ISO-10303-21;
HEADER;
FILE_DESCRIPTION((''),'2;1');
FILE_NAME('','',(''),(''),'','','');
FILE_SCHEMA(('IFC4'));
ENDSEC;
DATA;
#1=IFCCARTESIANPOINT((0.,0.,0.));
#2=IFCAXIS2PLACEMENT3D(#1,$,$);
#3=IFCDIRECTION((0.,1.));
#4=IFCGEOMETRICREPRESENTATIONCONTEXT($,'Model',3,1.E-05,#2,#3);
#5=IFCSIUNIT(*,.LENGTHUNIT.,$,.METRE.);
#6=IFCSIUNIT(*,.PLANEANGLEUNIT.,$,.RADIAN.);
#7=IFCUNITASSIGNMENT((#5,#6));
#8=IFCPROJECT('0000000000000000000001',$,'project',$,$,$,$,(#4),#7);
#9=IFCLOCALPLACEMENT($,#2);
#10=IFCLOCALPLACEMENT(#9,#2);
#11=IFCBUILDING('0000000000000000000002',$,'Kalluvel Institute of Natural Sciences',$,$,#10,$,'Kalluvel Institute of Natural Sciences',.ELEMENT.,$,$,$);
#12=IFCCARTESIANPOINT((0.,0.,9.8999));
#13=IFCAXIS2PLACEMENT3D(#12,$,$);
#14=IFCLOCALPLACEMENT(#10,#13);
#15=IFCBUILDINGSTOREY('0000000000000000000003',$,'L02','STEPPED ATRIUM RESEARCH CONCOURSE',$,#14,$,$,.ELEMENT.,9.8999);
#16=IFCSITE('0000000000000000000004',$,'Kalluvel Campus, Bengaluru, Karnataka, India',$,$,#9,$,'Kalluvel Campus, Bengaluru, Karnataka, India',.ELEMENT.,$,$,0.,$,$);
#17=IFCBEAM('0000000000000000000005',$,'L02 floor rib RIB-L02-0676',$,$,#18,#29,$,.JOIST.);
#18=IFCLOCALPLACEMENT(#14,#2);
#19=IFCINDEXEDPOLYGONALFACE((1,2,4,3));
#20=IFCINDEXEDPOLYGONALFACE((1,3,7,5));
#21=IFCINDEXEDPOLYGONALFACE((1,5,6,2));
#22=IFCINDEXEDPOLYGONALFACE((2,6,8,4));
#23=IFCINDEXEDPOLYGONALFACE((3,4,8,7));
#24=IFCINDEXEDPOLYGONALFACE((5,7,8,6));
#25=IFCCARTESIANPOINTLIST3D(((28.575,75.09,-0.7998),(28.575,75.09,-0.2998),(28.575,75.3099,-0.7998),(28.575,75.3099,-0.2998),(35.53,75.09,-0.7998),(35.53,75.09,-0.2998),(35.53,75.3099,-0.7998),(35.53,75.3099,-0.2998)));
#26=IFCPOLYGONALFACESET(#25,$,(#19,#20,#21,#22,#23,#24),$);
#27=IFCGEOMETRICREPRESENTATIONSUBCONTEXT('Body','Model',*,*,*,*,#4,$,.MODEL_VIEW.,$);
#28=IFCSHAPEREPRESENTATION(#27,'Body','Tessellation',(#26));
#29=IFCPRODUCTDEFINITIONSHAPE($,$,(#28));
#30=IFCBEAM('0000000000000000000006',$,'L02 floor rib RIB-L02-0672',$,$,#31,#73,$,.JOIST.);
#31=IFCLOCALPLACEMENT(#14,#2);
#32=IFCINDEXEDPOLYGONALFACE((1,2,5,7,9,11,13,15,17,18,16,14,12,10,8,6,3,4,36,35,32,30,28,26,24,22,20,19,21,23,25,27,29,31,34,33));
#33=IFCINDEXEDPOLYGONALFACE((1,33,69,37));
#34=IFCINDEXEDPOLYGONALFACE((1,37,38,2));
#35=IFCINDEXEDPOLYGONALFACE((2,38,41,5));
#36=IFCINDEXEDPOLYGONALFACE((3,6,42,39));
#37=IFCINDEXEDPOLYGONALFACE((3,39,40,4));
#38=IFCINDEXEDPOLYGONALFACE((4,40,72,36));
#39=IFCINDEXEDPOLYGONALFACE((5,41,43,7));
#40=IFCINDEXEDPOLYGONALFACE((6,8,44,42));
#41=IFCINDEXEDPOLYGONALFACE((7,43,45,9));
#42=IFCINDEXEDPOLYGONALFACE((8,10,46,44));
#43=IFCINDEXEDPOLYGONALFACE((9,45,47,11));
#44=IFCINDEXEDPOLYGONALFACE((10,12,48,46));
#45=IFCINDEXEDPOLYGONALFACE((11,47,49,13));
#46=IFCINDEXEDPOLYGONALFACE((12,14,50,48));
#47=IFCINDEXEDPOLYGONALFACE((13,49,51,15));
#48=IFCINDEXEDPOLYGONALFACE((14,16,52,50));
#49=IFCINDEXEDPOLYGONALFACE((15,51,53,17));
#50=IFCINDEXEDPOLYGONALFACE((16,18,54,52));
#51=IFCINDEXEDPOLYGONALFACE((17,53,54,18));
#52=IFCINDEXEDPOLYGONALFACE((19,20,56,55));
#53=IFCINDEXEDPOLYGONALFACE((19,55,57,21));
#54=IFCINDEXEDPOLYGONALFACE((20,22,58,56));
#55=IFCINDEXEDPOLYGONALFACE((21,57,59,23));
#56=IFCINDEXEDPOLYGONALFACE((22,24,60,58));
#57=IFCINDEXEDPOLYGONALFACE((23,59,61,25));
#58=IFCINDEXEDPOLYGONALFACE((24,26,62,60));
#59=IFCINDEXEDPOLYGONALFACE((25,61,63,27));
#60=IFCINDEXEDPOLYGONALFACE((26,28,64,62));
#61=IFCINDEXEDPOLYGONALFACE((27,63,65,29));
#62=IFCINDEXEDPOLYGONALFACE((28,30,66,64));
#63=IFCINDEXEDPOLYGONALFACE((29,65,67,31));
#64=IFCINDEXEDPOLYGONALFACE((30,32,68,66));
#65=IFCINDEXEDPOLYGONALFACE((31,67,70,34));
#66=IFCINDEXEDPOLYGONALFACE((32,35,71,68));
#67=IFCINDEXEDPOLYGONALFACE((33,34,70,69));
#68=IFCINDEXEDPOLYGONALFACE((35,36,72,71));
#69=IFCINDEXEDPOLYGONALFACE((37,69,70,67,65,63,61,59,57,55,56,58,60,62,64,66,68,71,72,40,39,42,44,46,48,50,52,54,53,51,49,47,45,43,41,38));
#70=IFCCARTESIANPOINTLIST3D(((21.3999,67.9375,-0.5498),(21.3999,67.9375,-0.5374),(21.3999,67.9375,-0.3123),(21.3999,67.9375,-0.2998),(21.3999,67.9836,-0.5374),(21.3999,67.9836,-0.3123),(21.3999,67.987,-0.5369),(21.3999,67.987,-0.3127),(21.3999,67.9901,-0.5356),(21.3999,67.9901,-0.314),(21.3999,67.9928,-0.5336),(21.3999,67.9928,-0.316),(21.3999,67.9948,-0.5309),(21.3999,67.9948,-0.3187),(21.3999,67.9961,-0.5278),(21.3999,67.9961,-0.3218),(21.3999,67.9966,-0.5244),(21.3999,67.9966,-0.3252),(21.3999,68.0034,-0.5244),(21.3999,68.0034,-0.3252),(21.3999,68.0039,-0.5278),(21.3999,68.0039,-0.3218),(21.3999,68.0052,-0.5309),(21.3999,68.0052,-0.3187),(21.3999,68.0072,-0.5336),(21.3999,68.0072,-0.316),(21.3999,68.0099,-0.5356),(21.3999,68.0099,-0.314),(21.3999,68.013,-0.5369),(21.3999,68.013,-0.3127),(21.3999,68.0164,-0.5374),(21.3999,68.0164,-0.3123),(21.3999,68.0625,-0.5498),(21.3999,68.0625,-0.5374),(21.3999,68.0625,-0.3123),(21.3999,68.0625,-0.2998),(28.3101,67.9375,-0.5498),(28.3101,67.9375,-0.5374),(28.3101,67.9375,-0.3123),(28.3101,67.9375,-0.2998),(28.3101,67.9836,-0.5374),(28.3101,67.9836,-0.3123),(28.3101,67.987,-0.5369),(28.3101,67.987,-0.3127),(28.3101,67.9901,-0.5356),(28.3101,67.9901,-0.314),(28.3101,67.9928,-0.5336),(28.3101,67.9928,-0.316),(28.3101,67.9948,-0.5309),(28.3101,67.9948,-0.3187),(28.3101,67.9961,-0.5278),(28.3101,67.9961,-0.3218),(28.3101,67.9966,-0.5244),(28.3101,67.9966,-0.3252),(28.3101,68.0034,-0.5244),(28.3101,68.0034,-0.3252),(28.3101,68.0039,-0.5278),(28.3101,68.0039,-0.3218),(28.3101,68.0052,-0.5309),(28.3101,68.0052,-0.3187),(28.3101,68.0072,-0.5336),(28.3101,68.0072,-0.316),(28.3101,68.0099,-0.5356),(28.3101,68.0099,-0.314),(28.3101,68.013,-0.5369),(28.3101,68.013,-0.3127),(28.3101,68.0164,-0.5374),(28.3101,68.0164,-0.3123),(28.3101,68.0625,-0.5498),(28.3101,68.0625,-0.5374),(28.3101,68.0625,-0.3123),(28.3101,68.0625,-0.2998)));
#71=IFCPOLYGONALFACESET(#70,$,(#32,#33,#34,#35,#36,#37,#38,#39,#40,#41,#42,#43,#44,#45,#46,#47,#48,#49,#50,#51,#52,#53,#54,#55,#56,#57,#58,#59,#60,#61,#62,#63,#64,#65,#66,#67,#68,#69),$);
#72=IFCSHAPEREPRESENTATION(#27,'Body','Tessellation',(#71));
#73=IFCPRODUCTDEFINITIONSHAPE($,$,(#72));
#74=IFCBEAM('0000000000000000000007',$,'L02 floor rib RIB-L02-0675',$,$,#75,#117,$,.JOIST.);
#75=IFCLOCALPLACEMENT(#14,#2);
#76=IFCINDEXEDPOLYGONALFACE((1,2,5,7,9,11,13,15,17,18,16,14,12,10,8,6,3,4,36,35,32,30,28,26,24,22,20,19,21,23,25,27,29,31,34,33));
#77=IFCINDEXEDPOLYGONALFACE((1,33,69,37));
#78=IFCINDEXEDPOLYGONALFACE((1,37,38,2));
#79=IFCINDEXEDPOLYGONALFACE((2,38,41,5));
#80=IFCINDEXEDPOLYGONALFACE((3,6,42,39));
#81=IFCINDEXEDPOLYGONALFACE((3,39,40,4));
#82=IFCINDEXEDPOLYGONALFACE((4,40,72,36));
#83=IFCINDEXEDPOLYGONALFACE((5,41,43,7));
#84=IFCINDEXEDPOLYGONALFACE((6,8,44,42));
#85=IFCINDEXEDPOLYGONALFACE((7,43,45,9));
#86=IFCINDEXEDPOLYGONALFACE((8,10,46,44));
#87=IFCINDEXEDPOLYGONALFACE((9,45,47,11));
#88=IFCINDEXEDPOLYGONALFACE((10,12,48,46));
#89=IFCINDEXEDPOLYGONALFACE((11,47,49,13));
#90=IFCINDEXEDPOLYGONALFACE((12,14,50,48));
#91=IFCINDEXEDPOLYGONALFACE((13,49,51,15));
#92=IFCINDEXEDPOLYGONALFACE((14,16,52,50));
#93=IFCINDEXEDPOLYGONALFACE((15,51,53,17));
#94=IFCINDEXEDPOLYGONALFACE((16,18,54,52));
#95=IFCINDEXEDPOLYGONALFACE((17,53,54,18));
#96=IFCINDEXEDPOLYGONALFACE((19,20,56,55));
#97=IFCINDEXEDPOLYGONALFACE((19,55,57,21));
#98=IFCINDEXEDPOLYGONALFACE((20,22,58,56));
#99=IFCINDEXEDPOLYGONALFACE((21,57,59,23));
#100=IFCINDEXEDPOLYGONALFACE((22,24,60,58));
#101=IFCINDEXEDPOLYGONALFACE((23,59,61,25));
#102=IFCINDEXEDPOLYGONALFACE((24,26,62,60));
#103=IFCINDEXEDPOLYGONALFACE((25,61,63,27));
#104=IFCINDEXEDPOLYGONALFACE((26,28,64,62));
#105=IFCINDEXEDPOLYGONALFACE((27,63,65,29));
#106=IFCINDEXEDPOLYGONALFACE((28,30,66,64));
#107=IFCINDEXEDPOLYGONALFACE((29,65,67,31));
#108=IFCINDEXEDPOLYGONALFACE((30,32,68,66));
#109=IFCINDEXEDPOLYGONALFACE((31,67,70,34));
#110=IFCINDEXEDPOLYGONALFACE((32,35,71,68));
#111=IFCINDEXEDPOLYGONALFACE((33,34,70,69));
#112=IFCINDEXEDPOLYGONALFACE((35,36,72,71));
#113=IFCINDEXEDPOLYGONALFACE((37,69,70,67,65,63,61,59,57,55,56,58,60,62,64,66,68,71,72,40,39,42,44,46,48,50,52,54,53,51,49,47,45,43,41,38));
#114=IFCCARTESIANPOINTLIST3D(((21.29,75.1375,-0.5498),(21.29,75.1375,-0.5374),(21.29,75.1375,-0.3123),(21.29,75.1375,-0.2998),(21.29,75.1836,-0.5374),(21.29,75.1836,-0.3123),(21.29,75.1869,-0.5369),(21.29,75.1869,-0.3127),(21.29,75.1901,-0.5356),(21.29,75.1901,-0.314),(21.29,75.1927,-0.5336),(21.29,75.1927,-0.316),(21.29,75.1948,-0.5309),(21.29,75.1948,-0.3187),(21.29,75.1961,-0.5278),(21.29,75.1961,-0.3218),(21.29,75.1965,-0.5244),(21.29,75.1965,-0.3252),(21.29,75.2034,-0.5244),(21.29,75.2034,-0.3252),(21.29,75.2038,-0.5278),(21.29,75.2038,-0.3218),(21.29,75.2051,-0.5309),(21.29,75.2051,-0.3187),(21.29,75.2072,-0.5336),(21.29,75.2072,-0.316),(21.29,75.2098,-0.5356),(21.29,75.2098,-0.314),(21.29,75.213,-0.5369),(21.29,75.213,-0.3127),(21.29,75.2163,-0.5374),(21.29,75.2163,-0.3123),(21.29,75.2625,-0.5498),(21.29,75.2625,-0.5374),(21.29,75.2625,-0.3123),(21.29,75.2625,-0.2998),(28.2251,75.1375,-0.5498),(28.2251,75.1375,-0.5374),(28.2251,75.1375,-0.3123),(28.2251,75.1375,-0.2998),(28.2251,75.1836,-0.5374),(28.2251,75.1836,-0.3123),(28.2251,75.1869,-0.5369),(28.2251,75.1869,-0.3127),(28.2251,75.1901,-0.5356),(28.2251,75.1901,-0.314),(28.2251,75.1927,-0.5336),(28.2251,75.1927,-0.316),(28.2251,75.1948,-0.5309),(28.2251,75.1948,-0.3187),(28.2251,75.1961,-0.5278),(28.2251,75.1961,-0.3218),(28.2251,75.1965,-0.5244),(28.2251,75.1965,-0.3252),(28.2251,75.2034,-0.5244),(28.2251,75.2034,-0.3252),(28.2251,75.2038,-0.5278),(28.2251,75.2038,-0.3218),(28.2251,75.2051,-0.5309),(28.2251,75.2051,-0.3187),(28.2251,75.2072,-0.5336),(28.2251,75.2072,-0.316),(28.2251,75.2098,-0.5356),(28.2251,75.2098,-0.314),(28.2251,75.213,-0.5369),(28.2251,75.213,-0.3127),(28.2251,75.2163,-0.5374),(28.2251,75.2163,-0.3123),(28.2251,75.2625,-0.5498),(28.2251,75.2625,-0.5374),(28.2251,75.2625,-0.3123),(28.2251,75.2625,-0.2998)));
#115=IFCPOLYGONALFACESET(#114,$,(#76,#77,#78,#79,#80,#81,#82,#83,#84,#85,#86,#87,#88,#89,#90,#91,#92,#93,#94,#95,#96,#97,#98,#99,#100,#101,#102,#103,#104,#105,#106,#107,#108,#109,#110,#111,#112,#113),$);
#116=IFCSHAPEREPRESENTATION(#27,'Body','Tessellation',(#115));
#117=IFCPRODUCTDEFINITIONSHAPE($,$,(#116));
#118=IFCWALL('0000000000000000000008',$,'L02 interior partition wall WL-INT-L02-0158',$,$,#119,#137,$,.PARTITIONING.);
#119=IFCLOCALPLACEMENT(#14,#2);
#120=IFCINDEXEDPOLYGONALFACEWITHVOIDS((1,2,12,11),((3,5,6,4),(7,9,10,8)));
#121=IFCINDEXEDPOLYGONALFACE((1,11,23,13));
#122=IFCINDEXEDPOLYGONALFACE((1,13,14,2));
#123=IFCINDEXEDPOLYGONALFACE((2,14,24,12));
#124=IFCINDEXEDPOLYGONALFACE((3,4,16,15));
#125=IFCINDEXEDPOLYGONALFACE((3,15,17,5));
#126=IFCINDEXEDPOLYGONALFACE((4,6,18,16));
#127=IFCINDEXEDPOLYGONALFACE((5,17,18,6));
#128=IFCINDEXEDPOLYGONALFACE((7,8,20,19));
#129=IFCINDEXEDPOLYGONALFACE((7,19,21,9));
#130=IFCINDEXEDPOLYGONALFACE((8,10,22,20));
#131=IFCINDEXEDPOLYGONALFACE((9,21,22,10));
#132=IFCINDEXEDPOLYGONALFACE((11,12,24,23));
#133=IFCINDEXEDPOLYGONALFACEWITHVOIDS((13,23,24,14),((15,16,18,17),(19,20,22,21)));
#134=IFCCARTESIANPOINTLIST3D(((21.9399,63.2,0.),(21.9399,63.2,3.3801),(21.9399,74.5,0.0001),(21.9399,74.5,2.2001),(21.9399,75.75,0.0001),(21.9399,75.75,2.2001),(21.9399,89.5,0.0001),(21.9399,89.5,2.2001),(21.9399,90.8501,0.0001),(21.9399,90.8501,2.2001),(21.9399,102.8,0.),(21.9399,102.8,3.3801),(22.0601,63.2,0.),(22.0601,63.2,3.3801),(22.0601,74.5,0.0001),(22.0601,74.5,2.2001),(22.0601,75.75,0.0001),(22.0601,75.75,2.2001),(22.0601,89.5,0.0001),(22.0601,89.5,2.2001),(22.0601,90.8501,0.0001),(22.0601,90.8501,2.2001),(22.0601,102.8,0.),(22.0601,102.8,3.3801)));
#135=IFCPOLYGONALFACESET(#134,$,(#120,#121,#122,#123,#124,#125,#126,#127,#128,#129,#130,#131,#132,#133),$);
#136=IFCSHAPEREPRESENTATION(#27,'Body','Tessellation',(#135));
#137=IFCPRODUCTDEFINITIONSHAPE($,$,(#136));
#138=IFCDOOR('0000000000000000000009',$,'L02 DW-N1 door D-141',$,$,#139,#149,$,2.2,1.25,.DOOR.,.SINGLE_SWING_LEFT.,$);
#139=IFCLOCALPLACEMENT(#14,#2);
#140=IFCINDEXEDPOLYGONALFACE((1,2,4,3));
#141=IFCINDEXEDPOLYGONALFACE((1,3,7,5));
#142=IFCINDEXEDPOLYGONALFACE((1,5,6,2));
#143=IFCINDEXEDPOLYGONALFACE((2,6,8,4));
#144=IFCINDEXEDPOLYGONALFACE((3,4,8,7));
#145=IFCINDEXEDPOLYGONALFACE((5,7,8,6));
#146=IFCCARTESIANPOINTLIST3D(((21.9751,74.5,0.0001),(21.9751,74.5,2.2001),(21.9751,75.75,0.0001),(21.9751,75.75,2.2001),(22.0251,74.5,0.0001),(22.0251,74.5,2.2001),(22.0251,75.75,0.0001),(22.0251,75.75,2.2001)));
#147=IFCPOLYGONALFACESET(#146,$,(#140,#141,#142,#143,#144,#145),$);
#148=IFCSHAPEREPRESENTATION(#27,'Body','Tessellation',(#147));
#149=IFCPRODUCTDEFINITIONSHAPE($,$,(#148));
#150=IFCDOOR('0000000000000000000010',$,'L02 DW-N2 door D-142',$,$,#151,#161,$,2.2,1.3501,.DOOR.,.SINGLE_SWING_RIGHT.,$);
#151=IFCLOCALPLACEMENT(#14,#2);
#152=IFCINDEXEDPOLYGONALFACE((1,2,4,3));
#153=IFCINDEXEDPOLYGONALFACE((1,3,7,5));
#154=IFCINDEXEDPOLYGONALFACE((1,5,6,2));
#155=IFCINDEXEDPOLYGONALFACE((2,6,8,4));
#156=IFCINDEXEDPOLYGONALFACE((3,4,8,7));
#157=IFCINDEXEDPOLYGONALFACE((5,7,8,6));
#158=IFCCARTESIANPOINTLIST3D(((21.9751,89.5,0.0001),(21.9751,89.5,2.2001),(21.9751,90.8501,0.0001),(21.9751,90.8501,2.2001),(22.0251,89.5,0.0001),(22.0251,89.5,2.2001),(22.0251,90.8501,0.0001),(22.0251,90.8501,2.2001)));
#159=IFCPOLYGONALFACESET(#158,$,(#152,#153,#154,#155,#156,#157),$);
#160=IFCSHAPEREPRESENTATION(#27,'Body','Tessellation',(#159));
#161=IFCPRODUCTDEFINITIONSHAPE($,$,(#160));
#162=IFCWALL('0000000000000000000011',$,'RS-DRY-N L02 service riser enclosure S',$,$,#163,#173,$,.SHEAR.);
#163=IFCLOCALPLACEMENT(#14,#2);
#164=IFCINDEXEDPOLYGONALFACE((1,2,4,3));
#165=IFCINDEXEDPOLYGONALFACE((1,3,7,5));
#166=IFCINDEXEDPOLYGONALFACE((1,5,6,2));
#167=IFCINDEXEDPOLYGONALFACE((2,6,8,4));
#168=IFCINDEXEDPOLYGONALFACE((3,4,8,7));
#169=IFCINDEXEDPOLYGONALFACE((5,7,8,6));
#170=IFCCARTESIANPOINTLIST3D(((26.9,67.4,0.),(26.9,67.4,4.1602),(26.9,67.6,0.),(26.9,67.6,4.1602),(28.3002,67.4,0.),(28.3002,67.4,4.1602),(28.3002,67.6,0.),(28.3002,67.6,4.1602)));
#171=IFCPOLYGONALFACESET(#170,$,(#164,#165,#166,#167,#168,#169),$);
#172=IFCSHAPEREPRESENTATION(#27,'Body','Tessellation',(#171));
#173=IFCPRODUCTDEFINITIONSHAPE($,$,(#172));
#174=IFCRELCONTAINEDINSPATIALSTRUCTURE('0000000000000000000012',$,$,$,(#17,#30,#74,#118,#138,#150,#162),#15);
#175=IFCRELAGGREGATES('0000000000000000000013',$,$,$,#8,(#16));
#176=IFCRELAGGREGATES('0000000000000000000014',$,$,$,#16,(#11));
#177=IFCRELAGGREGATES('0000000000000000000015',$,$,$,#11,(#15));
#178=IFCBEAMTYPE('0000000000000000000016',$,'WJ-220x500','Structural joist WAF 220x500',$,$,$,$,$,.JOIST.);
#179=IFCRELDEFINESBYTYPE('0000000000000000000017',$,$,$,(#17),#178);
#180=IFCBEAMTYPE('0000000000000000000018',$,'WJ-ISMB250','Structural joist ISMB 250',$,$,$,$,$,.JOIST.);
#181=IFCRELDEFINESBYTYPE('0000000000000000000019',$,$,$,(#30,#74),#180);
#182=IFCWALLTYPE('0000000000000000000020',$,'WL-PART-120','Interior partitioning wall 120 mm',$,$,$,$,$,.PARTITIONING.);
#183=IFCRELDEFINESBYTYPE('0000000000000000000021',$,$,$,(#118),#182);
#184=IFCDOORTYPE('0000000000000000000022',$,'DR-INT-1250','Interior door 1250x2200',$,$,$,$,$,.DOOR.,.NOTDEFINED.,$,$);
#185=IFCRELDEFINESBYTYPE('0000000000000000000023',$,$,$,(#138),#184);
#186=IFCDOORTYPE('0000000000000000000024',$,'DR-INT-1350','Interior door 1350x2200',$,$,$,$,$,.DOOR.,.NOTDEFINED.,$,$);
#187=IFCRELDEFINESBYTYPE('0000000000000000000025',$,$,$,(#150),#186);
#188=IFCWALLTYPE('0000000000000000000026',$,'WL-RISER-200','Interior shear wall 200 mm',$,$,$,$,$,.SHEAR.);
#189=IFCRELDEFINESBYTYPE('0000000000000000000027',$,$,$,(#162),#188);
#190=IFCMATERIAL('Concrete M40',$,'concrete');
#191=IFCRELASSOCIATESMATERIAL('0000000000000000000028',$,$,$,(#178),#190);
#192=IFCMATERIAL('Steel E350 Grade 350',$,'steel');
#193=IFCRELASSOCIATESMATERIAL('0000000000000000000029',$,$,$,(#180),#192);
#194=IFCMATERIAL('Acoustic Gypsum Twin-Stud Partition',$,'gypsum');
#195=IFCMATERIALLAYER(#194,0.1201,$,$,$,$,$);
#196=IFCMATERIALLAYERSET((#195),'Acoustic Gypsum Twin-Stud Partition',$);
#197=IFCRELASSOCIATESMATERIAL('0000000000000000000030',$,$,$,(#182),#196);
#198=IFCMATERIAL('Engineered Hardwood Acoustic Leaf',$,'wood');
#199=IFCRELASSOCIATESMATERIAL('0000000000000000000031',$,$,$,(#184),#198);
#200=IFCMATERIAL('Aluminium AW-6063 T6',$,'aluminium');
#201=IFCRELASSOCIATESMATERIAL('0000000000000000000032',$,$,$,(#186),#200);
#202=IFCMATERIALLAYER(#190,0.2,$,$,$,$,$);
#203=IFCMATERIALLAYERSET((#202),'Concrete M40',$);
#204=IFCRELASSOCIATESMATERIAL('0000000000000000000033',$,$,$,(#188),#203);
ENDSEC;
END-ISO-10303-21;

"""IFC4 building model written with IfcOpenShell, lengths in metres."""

from ifc_helpers import new_model, si_unit, direction, frame, frame_2d, origin, origin_2d, place, context, subcontext, project, spatial, rectangle, i_section, extrude, material, layer, layer_set, material_profile, profile_set, type_object, element, fill, save


model = new_model("IFC4")

# Units and contexts
model_context = context("Model", 3, precision=1e-05, world=origin(), true_north=direction((0.0, 1.0)))
body_context = subcontext(model_context, "Body", "Model", "MODEL_VIEW")
ifc_project = project(units=[si_unit("LENGTHUNIT", "METRE"), si_unit("PLANEANGLEUNIT", "RADIAN")], contexts=[model_context])

# Site, building, storey
site_placement = place(None, origin())
site = spatial("IfcSite", under=ifc_project, at=site_placement, Name="Kalluvel Campus, Bengaluru, Karnataka, India", LongName="Kalluvel Campus, Bengaluru, Karnataka, India", CompositionType="ELEMENT", RefElevation=0.0)
building_placement = place(site_placement, origin())
building = spatial("IfcBuilding", under=site, at=building_placement, Name="Kalluvel Institute of Natural Sciences", LongName="Kalluvel Institute of Natural Sciences", CompositionType="ELEMENT")
storey_placement = place(building_placement, frame((0.0, 0.0, 9.8999)))
storey = spatial("IfcBuildingStorey", under=building, at=storey_placement, Name="L02", Description="STEPPED ATRIUM RESEARCH CONCOURSE", CompositionType="ELEMENT", Elevation=9.8999)

# Shared definitions
ifc_material_1 = material(Name="Concrete M40", Category="concrete")

# Beams
ifc_material_2 = material(Name="Steel E350 Grade 350", Category="steel")
ifc_material_profile_1 = material_profile(ifc_material_1, rectangle(XDim=0.22, YDim=0.5, at=origin_2d()), Name="WAF 220x500")
ifc_profile_set_1 = profile_set([ifc_material_profile_1], Name="Concrete M40")
beam_type_1 = type_object("IfcBeamType", Name="WJ-220x500", Description="Structural joist WAF 220x500", PredefinedType="JOIST", material=ifc_profile_set_1)
beam_1_placement = place(storey_placement, frame((28.575, 75.2, -0.5498), z_axis=(1.0, 0.0, 0.0), x_axis=(0.0, 1.0, 0.0)))
element("IfcBeam", 1, at=beam_1_placement, inside=storey, type_object=beam_type_1, Name="L02 floor rib RIB-L02-0676", PredefinedType="JOIST", context=body_context, shape_type="SweptSolid", body=[
    extrude(rectangle(XDim=0.22, YDim=0.5, at=origin_2d()), origin(), (0.0, 0.0, 1.0), 6.9551),
])
ifc_material_profile_2 = material_profile(ifc_material_2, i_section(OverallWidth=0.125, OverallDepth=0.25, WebThickness=0.0068, FlangeThickness=0.0125, FilletRadius=0.0129, at=origin_2d()), Name="ISMB 250")
ifc_profile_set_2 = profile_set([ifc_material_profile_2], Name="Steel E350 Grade 350")
beam_type_2 = type_object("IfcBeamType", Name="WJ-ISMB250", Description="Structural joist ISMB 250", PredefinedType="JOIST", material=ifc_profile_set_2)
beam_2_placement = place(storey_placement, frame((21.3999, 68.0, -0.4248), z_axis=(1.0, 0.0, 0.0), x_axis=(0.0, 1.0, 0.0)))
element("IfcBeam", 2, at=beam_2_placement, inside=storey, type_object=beam_type_2, Name="L02 floor rib RIB-L02-0672", PredefinedType="JOIST", context=body_context, shape_type="SweptSolid", body=[
    extrude(i_section(OverallWidth=0.125, OverallDepth=0.25, WebThickness=0.0068, FlangeThickness=0.0125, FilletRadius=0.0129, at=origin_2d()), origin(), (0.0, 0.0, 1.0), 6.9102),
])
beam_3_placement = place(storey_placement, frame((21.29, 75.2, -0.4248), z_axis=(1.0, 0.0, 0.0), x_axis=(0.0, 1.0, 0.0)))
element("IfcBeam", 3, at=beam_3_placement, inside=storey, type_object=beam_type_2, Name="L02 floor rib RIB-L02-0675", PredefinedType="JOIST", context=body_context, shape_type="SweptSolid", body=[
    extrude(i_section(OverallWidth=0.125, OverallDepth=0.25, WebThickness=0.0068, FlangeThickness=0.0125, FilletRadius=0.0129, at=origin_2d()), origin(), (0.0, 0.0, 1.0), 6.9351),
])

# Wall, openings, doors
ifc_material_3 = material(Name="Acoustic Gypsum Twin-Stud Partition", Category="gypsum")
ifc_layer_1 = layer(ifc_material_3, 0.1201)
ifc_layer_set_1 = layer_set([ifc_layer_1], Name="Acoustic Gypsum Twin-Stud Partition")
wall_type_1 = type_object("IfcWallType", Name="WL-PART-120", Description="Interior partitioning wall 120 mm", PredefinedType="PARTITIONING", material=ifc_layer_set_1)
wall_1_placement = place(storey_placement, frame((22.0, 63.2, 0.0), z_axis=(0.0, 0.0, 1.0), x_axis=(0.0, 1.0, 0.0)))
wall_1 = element("IfcWall", 4, at=wall_1_placement, inside=storey, type_object=wall_type_1, Name="L02 interior partition wall WL-INT-L02-0158", PredefinedType="PARTITIONING", context=body_context, shape_type="SweptSolid", body=[
    extrude(rectangle(XDim=39.6001, YDim=0.1201, at=frame_2d((19.8, 0.0))), origin(), (0.0, 0.0, 1.0), 3.3801),
])
opening_1_placement = place(wall_1_placement, frame((11.3, 0.0, 0.0)))
opening_1 = element("IfcOpeningElement", 5, at=opening_1_placement, cuts=wall_1, PredefinedType="OPENING", context=body_context, shape_type="SweptSolid", body=[
    extrude(rectangle(XDim=1.25, YDim=2.2, at=frame_2d((0.625, 1.1001))), frame((0.0, 0.0701, 0.0), z_axis=(0.0, -1.0, 0.0), x_axis=(1.0, 0.0, 0.0)), (0.0, 0.0, 1.0), 0.1401),
])
opening_2_placement = place(wall_1_placement, frame((26.3, 0.0, 0.0)))
opening_2 = element("IfcOpeningElement", 6, at=opening_2_placement, cuts=wall_1, PredefinedType="OPENING", context=body_context, shape_type="SweptSolid", body=[
    extrude(rectangle(XDim=1.3501, YDim=2.2, at=frame_2d((0.675, 1.1001))), frame((0.0, 0.0701, 0.0), z_axis=(0.0, -1.0, 0.0), x_axis=(1.0, 0.0, 0.0)), (0.0, 0.0, 1.0), 0.1401),
])
ifc_material_4 = material(Name="Engineered Hardwood Acoustic Leaf", Category="wood")
door_type_1 = type_object("IfcDoorType", Name="DR-INT-1250", Description="Interior door 1250x2200", OperationType="NOTDEFINED", PredefinedType="DOOR", material=ifc_material_4)
door_1_placement = place(opening_1_placement, origin())
door_1 = element("IfcDoor", 7, at=door_1_placement, inside=storey, type_object=door_type_1, Name="L02 DW-N1 door D-141", OperationType="SINGLE_SWING_LEFT", OverallHeight=2.2, OverallWidth=1.25, PredefinedType="DOOR", context=body_context, shape_type="SweptSolid", body=[
    extrude(rectangle(XDim=1.25, YDim=2.2, at=frame_2d((0.625, 1.1001))), frame((0.0, 0.0249, 0.0), z_axis=(0.0, -1.0, 0.0), x_axis=(1.0, 0.0, 0.0)), (0.0, 0.0, 1.0), 0.05),
])
fill(opening_1, door_1)
ifc_material_5 = material(Name="Aluminium AW-6063 T6", Category="aluminium")
door_type_2 = type_object("IfcDoorType", Name="DR-INT-1350", Description="Interior door 1350x2200", OperationType="NOTDEFINED", PredefinedType="DOOR", material=ifc_material_5)
door_2_placement = place(opening_2_placement, origin())
door_2 = element("IfcDoor", 8, at=door_2_placement, inside=storey, type_object=door_type_2, Name="L02 DW-N2 door D-142", OperationType="SINGLE_SWING_RIGHT", OverallHeight=2.2, OverallWidth=1.3501, PredefinedType="DOOR", context=body_context, shape_type="SweptSolid", body=[
    extrude(rectangle(XDim=1.3501, YDim=2.2, at=frame_2d((0.675, 1.1001))), frame((0.0, 0.0249, 0.0), z_axis=(0.0, -1.0, 0.0), x_axis=(1.0, 0.0, 0.0)), (0.0, 0.0, 1.0), 0.05),
])
fill(opening_2, door_2)

# Wall
ifc_layer_2 = layer(ifc_material_1, 0.2)
ifc_layer_set_2 = layer_set([ifc_layer_2], Name="Concrete M40")
wall_type_2 = type_object("IfcWallType", Name="WL-RISER-200", Description="Interior shear wall 200 mm", PredefinedType="SHEAR", material=ifc_layer_set_2)
wall_2_placement = place(storey_placement, frame((26.8999, 67.5, 0.0), z_axis=(0.0, 0.0, 1.0), x_axis=(1.0, 0.0, 0.0)))
element("IfcWall", 9, at=wall_2_placement, inside=storey, type_object=wall_type_2, Name="RS-DRY-N L02 service riser enclosure S", PredefinedType="SHEAR", context=body_context, shape_type="SweptSolid", body=[
    extrude(rectangle(XDim=1.4001, YDim=0.2, at=frame_2d((0.7002, 0.0))), origin(), (0.0, 0.0, 1.0), 4.1602),
])

save(model, "model.ifc")
